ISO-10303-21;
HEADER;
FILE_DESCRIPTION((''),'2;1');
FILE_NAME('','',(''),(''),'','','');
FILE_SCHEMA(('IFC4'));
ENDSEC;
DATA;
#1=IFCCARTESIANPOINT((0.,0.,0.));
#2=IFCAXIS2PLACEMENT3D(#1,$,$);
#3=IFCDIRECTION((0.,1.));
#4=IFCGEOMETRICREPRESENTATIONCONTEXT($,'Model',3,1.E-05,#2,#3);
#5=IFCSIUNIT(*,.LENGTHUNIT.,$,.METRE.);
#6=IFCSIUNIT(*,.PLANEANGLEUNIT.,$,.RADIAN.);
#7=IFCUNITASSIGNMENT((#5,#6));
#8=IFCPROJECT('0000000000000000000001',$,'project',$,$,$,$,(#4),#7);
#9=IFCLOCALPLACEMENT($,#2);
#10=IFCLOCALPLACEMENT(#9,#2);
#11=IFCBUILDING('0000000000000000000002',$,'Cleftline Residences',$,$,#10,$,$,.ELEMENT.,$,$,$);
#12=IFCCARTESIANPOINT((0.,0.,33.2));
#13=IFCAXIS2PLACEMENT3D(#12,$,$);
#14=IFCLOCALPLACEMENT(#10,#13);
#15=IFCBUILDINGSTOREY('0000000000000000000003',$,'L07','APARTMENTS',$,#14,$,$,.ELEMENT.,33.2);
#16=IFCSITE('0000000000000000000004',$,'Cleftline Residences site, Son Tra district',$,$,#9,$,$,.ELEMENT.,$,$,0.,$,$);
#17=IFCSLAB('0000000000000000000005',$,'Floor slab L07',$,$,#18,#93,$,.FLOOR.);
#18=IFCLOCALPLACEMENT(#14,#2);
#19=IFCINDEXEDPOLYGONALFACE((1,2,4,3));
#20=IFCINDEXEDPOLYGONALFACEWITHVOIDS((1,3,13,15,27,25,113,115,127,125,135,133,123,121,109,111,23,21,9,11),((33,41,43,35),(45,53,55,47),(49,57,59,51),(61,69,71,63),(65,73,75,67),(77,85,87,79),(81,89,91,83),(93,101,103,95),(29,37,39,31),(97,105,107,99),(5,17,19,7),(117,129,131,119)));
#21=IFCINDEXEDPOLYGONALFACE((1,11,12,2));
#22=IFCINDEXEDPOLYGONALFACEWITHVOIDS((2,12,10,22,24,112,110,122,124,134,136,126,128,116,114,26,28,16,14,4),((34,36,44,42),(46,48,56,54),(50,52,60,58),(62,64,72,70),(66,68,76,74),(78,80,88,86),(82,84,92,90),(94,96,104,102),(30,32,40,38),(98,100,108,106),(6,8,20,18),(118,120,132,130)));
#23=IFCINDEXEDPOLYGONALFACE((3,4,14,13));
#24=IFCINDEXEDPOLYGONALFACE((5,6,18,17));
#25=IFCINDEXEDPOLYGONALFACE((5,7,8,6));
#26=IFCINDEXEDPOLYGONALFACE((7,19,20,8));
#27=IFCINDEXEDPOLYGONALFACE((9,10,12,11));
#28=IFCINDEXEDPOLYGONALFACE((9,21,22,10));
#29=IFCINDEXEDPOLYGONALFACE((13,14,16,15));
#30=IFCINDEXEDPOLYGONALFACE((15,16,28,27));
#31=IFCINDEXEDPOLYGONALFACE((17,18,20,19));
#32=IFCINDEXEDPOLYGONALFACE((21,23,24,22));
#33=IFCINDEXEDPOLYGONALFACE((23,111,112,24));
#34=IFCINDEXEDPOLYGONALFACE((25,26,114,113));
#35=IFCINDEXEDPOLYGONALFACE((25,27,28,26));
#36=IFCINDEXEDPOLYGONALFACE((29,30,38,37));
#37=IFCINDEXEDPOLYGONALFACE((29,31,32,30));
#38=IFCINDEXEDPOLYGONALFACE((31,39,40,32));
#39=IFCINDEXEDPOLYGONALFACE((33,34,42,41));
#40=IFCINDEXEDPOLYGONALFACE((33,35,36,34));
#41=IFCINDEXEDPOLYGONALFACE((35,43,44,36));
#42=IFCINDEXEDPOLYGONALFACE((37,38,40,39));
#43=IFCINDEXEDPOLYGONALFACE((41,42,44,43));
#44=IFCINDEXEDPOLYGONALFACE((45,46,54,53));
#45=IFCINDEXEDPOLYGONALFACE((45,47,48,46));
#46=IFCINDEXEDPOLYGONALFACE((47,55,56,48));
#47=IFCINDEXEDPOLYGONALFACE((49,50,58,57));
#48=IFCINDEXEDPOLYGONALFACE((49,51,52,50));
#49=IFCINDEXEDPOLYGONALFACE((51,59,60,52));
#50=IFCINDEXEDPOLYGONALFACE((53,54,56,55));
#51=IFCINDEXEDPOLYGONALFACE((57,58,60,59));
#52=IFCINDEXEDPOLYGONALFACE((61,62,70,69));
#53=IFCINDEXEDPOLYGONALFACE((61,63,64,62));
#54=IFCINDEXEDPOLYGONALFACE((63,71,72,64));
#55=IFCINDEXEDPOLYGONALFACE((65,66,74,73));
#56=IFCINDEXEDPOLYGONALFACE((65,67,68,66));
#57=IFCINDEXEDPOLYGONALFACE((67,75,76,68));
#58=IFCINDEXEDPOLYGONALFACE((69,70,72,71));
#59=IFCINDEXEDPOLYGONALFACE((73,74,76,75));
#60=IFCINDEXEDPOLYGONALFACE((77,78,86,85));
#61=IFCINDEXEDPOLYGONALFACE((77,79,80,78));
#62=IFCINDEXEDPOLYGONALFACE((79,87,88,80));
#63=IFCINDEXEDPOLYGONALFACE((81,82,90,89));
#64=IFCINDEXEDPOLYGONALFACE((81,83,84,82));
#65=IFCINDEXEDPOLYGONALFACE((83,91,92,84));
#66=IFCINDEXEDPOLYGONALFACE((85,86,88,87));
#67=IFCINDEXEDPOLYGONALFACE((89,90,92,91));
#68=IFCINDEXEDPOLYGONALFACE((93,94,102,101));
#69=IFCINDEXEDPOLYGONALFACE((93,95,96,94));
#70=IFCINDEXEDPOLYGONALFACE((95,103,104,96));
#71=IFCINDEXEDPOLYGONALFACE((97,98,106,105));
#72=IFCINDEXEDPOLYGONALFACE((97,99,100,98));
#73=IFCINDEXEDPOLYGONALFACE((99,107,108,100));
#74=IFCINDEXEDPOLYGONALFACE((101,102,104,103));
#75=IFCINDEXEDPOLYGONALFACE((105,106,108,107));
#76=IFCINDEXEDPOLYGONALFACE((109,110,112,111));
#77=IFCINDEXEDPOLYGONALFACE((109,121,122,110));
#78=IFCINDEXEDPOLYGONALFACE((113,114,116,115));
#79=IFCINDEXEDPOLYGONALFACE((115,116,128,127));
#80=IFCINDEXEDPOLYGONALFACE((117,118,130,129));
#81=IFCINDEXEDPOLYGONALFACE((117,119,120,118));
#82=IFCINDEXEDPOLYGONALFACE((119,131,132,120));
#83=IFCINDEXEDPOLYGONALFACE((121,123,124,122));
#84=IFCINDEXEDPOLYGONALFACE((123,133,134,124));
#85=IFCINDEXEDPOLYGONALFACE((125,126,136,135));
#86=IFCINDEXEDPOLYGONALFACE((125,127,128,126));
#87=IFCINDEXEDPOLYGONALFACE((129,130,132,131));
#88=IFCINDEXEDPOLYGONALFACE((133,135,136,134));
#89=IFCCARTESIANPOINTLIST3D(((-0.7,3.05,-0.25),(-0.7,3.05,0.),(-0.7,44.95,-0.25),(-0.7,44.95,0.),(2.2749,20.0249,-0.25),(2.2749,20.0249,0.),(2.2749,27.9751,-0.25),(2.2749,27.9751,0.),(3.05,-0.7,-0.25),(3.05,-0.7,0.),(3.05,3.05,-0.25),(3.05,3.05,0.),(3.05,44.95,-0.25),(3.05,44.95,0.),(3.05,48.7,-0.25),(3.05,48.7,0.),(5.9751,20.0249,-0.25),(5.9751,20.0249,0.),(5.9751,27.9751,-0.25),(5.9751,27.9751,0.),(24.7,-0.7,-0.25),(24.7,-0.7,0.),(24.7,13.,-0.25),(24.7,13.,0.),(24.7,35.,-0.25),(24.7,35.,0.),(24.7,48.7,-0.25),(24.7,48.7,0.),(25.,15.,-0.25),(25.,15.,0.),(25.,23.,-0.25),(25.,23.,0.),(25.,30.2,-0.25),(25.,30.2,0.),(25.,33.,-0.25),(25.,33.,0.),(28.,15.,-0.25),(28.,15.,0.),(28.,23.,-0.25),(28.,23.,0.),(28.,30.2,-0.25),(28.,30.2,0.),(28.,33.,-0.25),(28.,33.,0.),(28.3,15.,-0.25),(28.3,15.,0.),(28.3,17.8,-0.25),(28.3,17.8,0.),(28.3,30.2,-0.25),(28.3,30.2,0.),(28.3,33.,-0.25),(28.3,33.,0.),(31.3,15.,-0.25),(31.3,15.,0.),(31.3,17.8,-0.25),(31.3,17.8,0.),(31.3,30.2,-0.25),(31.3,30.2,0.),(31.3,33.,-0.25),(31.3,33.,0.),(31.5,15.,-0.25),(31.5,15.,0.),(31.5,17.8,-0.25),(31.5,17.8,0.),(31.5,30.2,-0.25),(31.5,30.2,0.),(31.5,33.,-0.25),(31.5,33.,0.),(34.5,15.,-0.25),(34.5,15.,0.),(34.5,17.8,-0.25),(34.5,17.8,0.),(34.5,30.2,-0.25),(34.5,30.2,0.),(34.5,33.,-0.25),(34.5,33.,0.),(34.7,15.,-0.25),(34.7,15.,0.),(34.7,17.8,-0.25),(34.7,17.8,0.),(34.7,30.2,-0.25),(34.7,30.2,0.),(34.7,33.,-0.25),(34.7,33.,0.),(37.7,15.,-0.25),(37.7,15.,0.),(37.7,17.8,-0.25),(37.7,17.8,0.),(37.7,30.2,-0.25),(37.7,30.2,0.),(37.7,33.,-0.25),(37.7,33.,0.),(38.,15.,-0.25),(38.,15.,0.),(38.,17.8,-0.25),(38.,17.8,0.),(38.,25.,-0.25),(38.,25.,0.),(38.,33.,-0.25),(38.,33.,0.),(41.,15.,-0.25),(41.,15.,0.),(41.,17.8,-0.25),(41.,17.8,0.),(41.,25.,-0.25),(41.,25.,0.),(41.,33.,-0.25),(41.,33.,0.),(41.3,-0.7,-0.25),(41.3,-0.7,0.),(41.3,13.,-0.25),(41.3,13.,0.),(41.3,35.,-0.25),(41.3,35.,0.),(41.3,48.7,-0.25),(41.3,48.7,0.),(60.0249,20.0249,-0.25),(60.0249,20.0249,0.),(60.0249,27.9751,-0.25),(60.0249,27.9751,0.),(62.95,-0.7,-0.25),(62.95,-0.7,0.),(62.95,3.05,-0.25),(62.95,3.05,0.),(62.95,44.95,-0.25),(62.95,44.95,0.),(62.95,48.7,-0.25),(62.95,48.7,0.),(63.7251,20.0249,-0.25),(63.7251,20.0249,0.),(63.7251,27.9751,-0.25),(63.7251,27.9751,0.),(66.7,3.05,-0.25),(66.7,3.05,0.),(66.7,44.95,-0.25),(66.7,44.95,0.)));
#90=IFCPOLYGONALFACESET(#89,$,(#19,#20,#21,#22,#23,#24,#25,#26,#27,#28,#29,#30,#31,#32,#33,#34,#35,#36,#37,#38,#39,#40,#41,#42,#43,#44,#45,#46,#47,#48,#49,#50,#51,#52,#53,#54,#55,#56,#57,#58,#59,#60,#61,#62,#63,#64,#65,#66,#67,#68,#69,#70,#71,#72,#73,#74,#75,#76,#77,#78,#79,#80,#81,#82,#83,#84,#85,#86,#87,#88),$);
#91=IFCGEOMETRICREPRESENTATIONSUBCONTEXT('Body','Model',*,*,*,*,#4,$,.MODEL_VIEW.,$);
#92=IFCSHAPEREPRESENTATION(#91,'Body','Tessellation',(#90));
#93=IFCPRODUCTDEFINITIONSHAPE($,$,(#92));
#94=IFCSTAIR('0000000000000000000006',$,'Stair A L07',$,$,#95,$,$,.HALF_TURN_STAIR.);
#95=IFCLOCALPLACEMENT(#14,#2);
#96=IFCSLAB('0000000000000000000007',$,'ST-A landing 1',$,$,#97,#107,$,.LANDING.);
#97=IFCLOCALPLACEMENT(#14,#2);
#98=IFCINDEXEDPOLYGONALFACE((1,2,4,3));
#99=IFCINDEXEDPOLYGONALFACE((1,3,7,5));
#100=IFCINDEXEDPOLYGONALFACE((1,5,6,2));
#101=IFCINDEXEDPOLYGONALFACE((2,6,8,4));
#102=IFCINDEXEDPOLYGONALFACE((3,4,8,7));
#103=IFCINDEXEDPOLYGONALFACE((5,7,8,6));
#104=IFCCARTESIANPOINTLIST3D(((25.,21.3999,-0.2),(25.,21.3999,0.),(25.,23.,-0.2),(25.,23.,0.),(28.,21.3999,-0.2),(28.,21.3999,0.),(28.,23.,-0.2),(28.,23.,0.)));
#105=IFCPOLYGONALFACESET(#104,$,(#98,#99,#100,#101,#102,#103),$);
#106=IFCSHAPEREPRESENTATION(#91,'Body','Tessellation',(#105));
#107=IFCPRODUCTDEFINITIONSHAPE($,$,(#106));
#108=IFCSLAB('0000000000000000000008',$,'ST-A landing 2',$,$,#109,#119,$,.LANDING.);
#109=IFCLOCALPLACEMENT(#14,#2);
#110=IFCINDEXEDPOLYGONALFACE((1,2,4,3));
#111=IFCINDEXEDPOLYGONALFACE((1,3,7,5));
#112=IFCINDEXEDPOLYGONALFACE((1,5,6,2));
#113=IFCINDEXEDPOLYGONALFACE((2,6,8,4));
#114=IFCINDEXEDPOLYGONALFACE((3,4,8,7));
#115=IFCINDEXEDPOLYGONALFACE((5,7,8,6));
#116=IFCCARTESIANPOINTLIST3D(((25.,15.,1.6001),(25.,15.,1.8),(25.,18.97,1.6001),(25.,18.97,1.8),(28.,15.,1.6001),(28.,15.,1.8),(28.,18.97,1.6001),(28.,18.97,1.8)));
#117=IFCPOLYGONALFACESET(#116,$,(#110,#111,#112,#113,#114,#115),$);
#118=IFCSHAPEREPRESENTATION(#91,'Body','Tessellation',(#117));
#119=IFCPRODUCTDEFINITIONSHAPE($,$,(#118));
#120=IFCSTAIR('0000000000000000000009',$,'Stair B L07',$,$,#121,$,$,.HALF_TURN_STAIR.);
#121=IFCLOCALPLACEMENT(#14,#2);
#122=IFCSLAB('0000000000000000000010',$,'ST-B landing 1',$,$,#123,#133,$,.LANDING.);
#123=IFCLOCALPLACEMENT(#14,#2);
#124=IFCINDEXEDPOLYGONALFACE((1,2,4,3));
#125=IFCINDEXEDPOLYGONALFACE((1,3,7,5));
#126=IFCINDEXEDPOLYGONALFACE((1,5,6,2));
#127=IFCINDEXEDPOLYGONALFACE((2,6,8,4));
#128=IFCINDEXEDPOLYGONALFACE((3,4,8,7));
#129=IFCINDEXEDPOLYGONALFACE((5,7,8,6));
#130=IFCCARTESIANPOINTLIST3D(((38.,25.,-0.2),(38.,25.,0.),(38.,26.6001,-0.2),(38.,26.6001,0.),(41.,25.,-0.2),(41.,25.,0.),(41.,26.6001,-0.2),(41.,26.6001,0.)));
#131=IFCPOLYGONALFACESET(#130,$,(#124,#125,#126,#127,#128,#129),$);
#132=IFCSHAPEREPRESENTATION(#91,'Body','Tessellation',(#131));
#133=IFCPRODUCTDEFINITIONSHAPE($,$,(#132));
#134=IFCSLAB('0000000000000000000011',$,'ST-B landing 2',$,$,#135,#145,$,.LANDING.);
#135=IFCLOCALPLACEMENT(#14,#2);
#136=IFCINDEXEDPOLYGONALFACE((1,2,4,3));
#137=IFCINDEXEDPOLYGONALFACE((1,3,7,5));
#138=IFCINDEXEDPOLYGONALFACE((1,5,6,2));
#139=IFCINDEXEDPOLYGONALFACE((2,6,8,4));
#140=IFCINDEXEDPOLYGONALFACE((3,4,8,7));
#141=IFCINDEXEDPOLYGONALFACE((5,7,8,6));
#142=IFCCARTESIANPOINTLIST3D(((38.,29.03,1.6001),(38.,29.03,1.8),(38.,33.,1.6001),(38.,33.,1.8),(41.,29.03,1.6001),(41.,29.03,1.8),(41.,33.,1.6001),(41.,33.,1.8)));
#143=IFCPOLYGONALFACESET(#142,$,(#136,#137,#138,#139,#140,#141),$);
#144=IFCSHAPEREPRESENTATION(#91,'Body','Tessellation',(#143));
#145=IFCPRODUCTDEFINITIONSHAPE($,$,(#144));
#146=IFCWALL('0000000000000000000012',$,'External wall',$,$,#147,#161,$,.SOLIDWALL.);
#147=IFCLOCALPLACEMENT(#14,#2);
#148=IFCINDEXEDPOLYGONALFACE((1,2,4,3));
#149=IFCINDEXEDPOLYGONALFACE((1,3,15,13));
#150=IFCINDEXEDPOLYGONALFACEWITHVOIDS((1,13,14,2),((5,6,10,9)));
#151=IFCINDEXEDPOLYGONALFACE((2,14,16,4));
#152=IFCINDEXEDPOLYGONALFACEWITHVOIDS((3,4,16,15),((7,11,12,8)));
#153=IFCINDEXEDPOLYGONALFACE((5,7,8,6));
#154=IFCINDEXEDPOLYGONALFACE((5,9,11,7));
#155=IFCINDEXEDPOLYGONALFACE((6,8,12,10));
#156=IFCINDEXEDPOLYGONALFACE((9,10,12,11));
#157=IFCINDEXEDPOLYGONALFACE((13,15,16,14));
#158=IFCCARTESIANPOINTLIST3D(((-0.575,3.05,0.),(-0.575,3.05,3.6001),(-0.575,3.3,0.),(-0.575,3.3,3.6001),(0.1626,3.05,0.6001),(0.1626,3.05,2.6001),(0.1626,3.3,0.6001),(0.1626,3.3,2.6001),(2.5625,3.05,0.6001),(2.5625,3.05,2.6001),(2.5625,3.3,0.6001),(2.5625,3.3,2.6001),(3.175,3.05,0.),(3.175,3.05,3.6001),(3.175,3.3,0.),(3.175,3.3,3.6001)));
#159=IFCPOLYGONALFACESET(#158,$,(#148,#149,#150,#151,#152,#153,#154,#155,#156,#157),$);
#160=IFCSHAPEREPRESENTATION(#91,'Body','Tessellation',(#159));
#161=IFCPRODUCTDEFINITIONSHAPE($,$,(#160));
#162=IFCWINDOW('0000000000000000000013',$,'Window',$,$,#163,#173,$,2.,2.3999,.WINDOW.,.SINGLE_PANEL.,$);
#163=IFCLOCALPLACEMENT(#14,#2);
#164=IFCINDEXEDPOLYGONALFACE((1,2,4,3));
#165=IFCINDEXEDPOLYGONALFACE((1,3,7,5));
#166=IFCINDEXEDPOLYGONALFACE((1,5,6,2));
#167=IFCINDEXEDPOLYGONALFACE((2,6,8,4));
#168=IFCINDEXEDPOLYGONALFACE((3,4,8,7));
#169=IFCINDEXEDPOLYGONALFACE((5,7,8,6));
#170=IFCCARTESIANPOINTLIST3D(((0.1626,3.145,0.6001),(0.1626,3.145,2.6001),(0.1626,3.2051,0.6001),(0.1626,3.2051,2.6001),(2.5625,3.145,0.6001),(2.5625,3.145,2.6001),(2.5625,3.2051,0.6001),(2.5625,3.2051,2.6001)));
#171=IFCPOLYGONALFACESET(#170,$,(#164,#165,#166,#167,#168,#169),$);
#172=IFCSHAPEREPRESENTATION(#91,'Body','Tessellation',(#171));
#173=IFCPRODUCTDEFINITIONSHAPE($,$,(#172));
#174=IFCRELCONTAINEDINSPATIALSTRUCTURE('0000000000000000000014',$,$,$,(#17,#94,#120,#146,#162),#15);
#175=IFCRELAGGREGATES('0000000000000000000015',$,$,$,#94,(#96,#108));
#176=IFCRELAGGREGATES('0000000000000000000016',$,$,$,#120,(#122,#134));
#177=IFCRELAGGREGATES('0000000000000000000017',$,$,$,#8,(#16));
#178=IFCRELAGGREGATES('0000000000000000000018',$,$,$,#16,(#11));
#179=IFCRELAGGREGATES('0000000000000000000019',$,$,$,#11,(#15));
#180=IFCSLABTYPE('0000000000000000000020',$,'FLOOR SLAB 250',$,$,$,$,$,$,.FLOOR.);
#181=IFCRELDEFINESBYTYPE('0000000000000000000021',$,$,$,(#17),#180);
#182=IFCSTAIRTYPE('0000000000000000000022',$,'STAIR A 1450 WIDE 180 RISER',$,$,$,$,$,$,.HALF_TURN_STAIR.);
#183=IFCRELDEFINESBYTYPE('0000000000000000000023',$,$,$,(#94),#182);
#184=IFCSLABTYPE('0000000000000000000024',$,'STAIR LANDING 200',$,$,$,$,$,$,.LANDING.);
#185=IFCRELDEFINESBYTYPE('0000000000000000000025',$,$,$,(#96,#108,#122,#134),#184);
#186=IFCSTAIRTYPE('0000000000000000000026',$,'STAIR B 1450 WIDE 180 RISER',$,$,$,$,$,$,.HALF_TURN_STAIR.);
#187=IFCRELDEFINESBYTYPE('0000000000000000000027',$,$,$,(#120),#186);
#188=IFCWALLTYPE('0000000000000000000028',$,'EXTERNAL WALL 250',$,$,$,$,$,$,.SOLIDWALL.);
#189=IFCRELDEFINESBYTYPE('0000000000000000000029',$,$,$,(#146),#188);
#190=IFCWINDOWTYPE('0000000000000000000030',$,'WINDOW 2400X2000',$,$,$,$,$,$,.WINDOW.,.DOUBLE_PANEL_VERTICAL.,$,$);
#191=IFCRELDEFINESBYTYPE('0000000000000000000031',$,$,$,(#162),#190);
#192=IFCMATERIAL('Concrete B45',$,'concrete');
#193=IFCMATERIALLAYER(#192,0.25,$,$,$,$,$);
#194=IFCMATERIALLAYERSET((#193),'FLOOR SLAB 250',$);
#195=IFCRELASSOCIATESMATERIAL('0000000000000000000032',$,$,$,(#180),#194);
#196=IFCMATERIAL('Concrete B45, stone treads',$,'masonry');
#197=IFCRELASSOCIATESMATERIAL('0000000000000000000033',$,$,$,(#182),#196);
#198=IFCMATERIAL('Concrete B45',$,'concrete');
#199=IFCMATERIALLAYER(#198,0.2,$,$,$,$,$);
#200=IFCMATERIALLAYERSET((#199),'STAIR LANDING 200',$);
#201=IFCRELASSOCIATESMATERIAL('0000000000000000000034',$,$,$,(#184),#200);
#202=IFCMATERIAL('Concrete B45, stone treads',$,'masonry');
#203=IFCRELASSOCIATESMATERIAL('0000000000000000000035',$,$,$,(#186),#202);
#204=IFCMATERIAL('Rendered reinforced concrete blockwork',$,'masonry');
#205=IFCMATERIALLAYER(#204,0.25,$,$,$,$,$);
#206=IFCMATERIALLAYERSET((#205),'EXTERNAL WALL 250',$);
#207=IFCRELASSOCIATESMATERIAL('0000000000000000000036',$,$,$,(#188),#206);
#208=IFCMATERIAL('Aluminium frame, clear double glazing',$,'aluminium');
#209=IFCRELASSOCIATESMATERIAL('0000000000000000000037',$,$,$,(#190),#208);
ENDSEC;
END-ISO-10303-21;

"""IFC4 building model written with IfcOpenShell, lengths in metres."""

from ifc_helpers import new_model, si_unit, direction, frame, frame_2d, origin, place, context, subcontext, project, spatial, polyline, rectangle, outline, extrude, material, layer, layer_set, type_object, element, fill, aggregate, save


model = new_model("IFC4")

# Units and contexts
model_context = context("Model", 3, precision=1e-05, world=origin(), true_north=direction((0.0, 1.0)))
body_context = subcontext(model_context, "Body", "Model", "MODEL_VIEW")
ifc_project = project(units=[si_unit("LENGTHUNIT", "METRE"), si_unit("PLANEANGLEUNIT", "RADIAN")], contexts=[model_context])

# Site, building, storey
site_placement = place(None, origin())
site = spatial("IfcSite", under=ifc_project, at=site_placement, Name="Cleftline Residences site, Son Tra district", CompositionType="ELEMENT", RefElevation=0.0)
building_placement = place(site_placement, origin())
building = spatial("IfcBuilding", under=site, at=building_placement, Name="Cleftline Residences", CompositionType="ELEMENT")
storey_placement = place(building_placement, frame((0.0, 0.0, 33.2)))
storey = spatial("IfcBuildingStorey", under=building, at=storey_placement, Name="L07", Description="APARTMENTS", CompositionType="ELEMENT", Elevation=33.2)

# Slab
ifc_material_1 = material(Name="Concrete B45", Category="concrete")
ifc_layer_1 = layer(ifc_material_1, 0.25)
ifc_layer_set_1 = layer_set([ifc_layer_1], Name="FLOOR SLAB 250")
slab_type_1 = type_object("IfcSlabType", Name="FLOOR SLAB 250", PredefinedType="FLOOR", material=ifc_layer_set_1)
slab_1_placement = place(storey_placement, frame((0.0, 0.0, -0.25)))
element("IfcSlab", 1, at=slab_1_placement, inside=storey, type_object=slab_type_1, Name="Floor slab L07", PredefinedType="FLOOR", context=body_context, shape_type="SweptSolid", body=[
    extrude(outline(polyline([(24.7, 13.0), (41.3, 13.0), (41.3, -0.7), (62.95, -0.7), (62.95, 3.05), (66.7, 3.05), (66.7, 44.95), (62.95, 44.95), (62.95, 48.7), (41.3, 48.7), (41.3, 35.0), (24.7, 35.0), (24.7, 48.7), (3.05, 48.7), (3.05, 44.95), (-0.7, 44.95), (-0.7, 3.05), (3.05, 3.05), (3.05, -0.7), (24.7, -0.7), (24.7, 13.0)]), holes=[polyline([(28.0, 15.0), (28.0, 23.0), (25.0, 23.0), (25.0, 15.0), (28.0, 15.0)]), polyline([(41.0, 25.0), (41.0, 33.0), (38.0, 33.0), (38.0, 25.0), (41.0, 25.0)]), polyline([(28.0, 30.2), (28.0, 33.0), (25.0, 33.0), (25.0, 30.2), (28.0, 30.2)]), polyline([(41.0, 15.0), (41.0, 17.8), (38.0, 17.8), (38.0, 15.0), (41.0, 15.0)]), polyline([(31.3, 15.0), (31.3, 17.8), (28.3, 17.8), (28.3, 15.0), (31.3, 15.0)]), polyline([(34.5, 15.0), (34.5, 17.8), (31.5, 17.8), (31.5, 15.0), (34.5, 15.0)]), polyline([(37.7, 15.0), (37.7, 17.8), (34.7, 17.8), (34.7, 15.0), (37.7, 15.0)]), polyline([(31.3, 30.2), (31.3, 33.0), (28.3, 33.0), (28.3, 30.2), (31.3, 30.2)]), polyline([(34.5, 30.2), (34.5, 33.0), (31.5, 33.0), (31.5, 30.2), (34.5, 30.2)]), polyline([(37.7, 30.2), (37.7, 33.0), (34.7, 33.0), (34.7, 30.2), (37.7, 30.2)]), polyline([(63.7251, 20.0249), (63.7251, 27.9751), (60.0249, 27.9751), (60.0249, 20.0249), (63.7251, 20.0249)]), polyline([(5.9751, 20.0249), (5.9751, 27.9751), (2.2749, 27.9751), (2.2749, 20.0249), (5.9751, 20.0249)])]), origin(), (0.0, 0.0, 1.0), 0.25),
])

# Stairs, slabs
ifc_material_2 = material(Name="Concrete B45, stone treads", Category="masonry")
stair_type_1 = type_object("IfcStairType", Name="STAIR A 1450 WIDE 180 RISER", PredefinedType="HALF_TURN_STAIR", material=ifc_material_2)
stair_1_placement = place(storey_placement, origin())
stair_1 = element("IfcStair", 2, at=stair_1_placement, inside=storey, type_object=stair_type_1, Name="Stair A L07", PredefinedType="HALF_TURN_STAIR")
ifc_material_3 = material(Name="Concrete B45", Category="concrete")
ifc_layer_2 = layer(ifc_material_3, 0.2)
ifc_layer_set_2 = layer_set([ifc_layer_2], Name="STAIR LANDING 200")
slab_type_2 = type_object("IfcSlabType", Name="STAIR LANDING 200", PredefinedType="LANDING", material=ifc_layer_set_2)
slab_2_placement = place(storey_placement, frame((0.0, 0.0, -0.2)))
slab_2 = element("IfcSlab", 3, at=slab_2_placement, type_object=slab_type_2, Name="ST-A landing 1", PredefinedType="LANDING", context=body_context, shape_type="SweptSolid", body=[
    extrude(outline(polyline([(25.0, 21.3999), (28.0, 21.3999), (28.0, 23.0), (25.0, 23.0), (25.0, 21.3999)])), origin(), (0.0, 0.0, 1.0), 0.2),
])
slab_3_placement = place(storey_placement, frame((0.0, 0.0, 1.6001)))
slab_3 = element("IfcSlab", 4, at=slab_3_placement, type_object=slab_type_2, Name="ST-A landing 2", PredefinedType="LANDING", context=body_context, shape_type="SweptSolid", body=[
    extrude(outline(polyline([(25.0, 15.0), (28.0, 15.0), (28.0, 18.97), (25.0, 18.97), (25.0, 15.0)])), origin(), (0.0, 0.0, 1.0), 0.2),
])
aggregate(stair_1, [slab_2, slab_3])
ifc_material_4 = material(Name="Concrete B45, stone treads", Category="masonry")
stair_type_2 = type_object("IfcStairType", Name="STAIR B 1450 WIDE 180 RISER", PredefinedType="HALF_TURN_STAIR", material=ifc_material_4)
stair_2_placement = place(storey_placement, origin())
stair_2 = element("IfcStair", 5, at=stair_2_placement, inside=storey, type_object=stair_type_2, Name="Stair B L07", PredefinedType="HALF_TURN_STAIR")
slab_4_placement = place(storey_placement, frame((0.0, 0.0, -0.2)))
slab_4 = element("IfcSlab", 6, at=slab_4_placement, type_object=slab_type_2, Name="ST-B landing 1", PredefinedType="LANDING", context=body_context, shape_type="SweptSolid", body=[
    extrude(outline(polyline([(38.0, 25.0), (41.0, 25.0), (41.0, 26.6001), (38.0, 26.6001), (38.0, 25.0)])), origin(), (0.0, 0.0, 1.0), 0.2),
])
slab_5_placement = place(storey_placement, frame((0.0, 0.0, 1.6001)))
slab_5 = element("IfcSlab", 7, at=slab_5_placement, type_object=slab_type_2, Name="ST-B landing 2", PredefinedType="LANDING", context=body_context, shape_type="SweptSolid", body=[
    extrude(outline(polyline([(38.0, 29.03), (41.0, 29.03), (41.0, 33.0), (38.0, 33.0), (38.0, 29.03)])), origin(), (0.0, 0.0, 1.0), 0.2),
])
aggregate(stair_2, [slab_4, slab_5])

# Wall, opening, window
ifc_material_5 = material(Name="Rendered reinforced concrete blockwork", Category="masonry")
ifc_layer_3 = layer(ifc_material_5, 0.25)
ifc_layer_set_3 = layer_set([ifc_layer_3], Name="EXTERNAL WALL 250")
wall_type = type_object("IfcWallType", Name="EXTERNAL WALL 250", PredefinedType="SOLIDWALL", material=ifc_layer_set_3)
wall_placement = place(storey_placement, frame((-0.575, 3.175, 0.0), z_axis=(0.0, 0.0, 1.0), x_axis=(1.0, 0.0, 0.0)))
wall = element("IfcWall", 8, at=wall_placement, inside=storey, type_object=wall_type, Name="External wall", PredefinedType="SOLIDWALL", context=body_context, shape_type="SweptSolid", body=[
    extrude(rectangle(XDim=3.75, YDim=0.25, at=frame_2d((1.875, 0.0))), origin(), (0.0, 0.0, 1.0), 3.6001),
])
opening_placement = place(wall_placement, frame((0.7375, 0.0, 0.6001)))
opening = element("IfcOpeningElement", 9, at=opening_placement, cuts=wall, PredefinedType="OPENING", context=body_context, shape_type="SweptSolid", body=[
    extrude(rectangle(XDim=2.3999, YDim=2.0, at=frame_2d((1.2, 1.0))), frame((0.0, 0.135, 0.0), z_axis=(0.0, -1.0, 0.0), x_axis=(1.0, 0.0, 0.0)), (0.0, 0.0, 1.0), 0.27),
])
ifc_material_6 = material(Name="Aluminium frame, clear double glazing", Category="aluminium")
window_type = type_object("IfcWindowType", Name="WINDOW 2400X2000", PartitioningType="DOUBLE_PANEL_VERTICAL", PredefinedType="WINDOW", material=ifc_material_6)
window_placement = place(opening_placement, origin())
window = element("IfcWindow", 10, at=window_placement, inside=storey, type_object=window_type, Name="Window", OverallHeight=2.0, OverallWidth=2.3999, PartitioningType="SINGLE_PANEL", PredefinedType="WINDOW", context=body_context, shape_type="SweptSolid", body=[
    extrude(rectangle(XDim=2.3999, YDim=2.0, at=frame_2d((1.2, 1.0))), frame((0.0, 0.03, 0.0), z_axis=(0.0, -1.0, 0.0), x_axis=(1.0, 0.0, 0.0)), (0.0, 0.0, 1.0), 0.0601),
])
fill(opening, window)

save(model, "model.ifc")
